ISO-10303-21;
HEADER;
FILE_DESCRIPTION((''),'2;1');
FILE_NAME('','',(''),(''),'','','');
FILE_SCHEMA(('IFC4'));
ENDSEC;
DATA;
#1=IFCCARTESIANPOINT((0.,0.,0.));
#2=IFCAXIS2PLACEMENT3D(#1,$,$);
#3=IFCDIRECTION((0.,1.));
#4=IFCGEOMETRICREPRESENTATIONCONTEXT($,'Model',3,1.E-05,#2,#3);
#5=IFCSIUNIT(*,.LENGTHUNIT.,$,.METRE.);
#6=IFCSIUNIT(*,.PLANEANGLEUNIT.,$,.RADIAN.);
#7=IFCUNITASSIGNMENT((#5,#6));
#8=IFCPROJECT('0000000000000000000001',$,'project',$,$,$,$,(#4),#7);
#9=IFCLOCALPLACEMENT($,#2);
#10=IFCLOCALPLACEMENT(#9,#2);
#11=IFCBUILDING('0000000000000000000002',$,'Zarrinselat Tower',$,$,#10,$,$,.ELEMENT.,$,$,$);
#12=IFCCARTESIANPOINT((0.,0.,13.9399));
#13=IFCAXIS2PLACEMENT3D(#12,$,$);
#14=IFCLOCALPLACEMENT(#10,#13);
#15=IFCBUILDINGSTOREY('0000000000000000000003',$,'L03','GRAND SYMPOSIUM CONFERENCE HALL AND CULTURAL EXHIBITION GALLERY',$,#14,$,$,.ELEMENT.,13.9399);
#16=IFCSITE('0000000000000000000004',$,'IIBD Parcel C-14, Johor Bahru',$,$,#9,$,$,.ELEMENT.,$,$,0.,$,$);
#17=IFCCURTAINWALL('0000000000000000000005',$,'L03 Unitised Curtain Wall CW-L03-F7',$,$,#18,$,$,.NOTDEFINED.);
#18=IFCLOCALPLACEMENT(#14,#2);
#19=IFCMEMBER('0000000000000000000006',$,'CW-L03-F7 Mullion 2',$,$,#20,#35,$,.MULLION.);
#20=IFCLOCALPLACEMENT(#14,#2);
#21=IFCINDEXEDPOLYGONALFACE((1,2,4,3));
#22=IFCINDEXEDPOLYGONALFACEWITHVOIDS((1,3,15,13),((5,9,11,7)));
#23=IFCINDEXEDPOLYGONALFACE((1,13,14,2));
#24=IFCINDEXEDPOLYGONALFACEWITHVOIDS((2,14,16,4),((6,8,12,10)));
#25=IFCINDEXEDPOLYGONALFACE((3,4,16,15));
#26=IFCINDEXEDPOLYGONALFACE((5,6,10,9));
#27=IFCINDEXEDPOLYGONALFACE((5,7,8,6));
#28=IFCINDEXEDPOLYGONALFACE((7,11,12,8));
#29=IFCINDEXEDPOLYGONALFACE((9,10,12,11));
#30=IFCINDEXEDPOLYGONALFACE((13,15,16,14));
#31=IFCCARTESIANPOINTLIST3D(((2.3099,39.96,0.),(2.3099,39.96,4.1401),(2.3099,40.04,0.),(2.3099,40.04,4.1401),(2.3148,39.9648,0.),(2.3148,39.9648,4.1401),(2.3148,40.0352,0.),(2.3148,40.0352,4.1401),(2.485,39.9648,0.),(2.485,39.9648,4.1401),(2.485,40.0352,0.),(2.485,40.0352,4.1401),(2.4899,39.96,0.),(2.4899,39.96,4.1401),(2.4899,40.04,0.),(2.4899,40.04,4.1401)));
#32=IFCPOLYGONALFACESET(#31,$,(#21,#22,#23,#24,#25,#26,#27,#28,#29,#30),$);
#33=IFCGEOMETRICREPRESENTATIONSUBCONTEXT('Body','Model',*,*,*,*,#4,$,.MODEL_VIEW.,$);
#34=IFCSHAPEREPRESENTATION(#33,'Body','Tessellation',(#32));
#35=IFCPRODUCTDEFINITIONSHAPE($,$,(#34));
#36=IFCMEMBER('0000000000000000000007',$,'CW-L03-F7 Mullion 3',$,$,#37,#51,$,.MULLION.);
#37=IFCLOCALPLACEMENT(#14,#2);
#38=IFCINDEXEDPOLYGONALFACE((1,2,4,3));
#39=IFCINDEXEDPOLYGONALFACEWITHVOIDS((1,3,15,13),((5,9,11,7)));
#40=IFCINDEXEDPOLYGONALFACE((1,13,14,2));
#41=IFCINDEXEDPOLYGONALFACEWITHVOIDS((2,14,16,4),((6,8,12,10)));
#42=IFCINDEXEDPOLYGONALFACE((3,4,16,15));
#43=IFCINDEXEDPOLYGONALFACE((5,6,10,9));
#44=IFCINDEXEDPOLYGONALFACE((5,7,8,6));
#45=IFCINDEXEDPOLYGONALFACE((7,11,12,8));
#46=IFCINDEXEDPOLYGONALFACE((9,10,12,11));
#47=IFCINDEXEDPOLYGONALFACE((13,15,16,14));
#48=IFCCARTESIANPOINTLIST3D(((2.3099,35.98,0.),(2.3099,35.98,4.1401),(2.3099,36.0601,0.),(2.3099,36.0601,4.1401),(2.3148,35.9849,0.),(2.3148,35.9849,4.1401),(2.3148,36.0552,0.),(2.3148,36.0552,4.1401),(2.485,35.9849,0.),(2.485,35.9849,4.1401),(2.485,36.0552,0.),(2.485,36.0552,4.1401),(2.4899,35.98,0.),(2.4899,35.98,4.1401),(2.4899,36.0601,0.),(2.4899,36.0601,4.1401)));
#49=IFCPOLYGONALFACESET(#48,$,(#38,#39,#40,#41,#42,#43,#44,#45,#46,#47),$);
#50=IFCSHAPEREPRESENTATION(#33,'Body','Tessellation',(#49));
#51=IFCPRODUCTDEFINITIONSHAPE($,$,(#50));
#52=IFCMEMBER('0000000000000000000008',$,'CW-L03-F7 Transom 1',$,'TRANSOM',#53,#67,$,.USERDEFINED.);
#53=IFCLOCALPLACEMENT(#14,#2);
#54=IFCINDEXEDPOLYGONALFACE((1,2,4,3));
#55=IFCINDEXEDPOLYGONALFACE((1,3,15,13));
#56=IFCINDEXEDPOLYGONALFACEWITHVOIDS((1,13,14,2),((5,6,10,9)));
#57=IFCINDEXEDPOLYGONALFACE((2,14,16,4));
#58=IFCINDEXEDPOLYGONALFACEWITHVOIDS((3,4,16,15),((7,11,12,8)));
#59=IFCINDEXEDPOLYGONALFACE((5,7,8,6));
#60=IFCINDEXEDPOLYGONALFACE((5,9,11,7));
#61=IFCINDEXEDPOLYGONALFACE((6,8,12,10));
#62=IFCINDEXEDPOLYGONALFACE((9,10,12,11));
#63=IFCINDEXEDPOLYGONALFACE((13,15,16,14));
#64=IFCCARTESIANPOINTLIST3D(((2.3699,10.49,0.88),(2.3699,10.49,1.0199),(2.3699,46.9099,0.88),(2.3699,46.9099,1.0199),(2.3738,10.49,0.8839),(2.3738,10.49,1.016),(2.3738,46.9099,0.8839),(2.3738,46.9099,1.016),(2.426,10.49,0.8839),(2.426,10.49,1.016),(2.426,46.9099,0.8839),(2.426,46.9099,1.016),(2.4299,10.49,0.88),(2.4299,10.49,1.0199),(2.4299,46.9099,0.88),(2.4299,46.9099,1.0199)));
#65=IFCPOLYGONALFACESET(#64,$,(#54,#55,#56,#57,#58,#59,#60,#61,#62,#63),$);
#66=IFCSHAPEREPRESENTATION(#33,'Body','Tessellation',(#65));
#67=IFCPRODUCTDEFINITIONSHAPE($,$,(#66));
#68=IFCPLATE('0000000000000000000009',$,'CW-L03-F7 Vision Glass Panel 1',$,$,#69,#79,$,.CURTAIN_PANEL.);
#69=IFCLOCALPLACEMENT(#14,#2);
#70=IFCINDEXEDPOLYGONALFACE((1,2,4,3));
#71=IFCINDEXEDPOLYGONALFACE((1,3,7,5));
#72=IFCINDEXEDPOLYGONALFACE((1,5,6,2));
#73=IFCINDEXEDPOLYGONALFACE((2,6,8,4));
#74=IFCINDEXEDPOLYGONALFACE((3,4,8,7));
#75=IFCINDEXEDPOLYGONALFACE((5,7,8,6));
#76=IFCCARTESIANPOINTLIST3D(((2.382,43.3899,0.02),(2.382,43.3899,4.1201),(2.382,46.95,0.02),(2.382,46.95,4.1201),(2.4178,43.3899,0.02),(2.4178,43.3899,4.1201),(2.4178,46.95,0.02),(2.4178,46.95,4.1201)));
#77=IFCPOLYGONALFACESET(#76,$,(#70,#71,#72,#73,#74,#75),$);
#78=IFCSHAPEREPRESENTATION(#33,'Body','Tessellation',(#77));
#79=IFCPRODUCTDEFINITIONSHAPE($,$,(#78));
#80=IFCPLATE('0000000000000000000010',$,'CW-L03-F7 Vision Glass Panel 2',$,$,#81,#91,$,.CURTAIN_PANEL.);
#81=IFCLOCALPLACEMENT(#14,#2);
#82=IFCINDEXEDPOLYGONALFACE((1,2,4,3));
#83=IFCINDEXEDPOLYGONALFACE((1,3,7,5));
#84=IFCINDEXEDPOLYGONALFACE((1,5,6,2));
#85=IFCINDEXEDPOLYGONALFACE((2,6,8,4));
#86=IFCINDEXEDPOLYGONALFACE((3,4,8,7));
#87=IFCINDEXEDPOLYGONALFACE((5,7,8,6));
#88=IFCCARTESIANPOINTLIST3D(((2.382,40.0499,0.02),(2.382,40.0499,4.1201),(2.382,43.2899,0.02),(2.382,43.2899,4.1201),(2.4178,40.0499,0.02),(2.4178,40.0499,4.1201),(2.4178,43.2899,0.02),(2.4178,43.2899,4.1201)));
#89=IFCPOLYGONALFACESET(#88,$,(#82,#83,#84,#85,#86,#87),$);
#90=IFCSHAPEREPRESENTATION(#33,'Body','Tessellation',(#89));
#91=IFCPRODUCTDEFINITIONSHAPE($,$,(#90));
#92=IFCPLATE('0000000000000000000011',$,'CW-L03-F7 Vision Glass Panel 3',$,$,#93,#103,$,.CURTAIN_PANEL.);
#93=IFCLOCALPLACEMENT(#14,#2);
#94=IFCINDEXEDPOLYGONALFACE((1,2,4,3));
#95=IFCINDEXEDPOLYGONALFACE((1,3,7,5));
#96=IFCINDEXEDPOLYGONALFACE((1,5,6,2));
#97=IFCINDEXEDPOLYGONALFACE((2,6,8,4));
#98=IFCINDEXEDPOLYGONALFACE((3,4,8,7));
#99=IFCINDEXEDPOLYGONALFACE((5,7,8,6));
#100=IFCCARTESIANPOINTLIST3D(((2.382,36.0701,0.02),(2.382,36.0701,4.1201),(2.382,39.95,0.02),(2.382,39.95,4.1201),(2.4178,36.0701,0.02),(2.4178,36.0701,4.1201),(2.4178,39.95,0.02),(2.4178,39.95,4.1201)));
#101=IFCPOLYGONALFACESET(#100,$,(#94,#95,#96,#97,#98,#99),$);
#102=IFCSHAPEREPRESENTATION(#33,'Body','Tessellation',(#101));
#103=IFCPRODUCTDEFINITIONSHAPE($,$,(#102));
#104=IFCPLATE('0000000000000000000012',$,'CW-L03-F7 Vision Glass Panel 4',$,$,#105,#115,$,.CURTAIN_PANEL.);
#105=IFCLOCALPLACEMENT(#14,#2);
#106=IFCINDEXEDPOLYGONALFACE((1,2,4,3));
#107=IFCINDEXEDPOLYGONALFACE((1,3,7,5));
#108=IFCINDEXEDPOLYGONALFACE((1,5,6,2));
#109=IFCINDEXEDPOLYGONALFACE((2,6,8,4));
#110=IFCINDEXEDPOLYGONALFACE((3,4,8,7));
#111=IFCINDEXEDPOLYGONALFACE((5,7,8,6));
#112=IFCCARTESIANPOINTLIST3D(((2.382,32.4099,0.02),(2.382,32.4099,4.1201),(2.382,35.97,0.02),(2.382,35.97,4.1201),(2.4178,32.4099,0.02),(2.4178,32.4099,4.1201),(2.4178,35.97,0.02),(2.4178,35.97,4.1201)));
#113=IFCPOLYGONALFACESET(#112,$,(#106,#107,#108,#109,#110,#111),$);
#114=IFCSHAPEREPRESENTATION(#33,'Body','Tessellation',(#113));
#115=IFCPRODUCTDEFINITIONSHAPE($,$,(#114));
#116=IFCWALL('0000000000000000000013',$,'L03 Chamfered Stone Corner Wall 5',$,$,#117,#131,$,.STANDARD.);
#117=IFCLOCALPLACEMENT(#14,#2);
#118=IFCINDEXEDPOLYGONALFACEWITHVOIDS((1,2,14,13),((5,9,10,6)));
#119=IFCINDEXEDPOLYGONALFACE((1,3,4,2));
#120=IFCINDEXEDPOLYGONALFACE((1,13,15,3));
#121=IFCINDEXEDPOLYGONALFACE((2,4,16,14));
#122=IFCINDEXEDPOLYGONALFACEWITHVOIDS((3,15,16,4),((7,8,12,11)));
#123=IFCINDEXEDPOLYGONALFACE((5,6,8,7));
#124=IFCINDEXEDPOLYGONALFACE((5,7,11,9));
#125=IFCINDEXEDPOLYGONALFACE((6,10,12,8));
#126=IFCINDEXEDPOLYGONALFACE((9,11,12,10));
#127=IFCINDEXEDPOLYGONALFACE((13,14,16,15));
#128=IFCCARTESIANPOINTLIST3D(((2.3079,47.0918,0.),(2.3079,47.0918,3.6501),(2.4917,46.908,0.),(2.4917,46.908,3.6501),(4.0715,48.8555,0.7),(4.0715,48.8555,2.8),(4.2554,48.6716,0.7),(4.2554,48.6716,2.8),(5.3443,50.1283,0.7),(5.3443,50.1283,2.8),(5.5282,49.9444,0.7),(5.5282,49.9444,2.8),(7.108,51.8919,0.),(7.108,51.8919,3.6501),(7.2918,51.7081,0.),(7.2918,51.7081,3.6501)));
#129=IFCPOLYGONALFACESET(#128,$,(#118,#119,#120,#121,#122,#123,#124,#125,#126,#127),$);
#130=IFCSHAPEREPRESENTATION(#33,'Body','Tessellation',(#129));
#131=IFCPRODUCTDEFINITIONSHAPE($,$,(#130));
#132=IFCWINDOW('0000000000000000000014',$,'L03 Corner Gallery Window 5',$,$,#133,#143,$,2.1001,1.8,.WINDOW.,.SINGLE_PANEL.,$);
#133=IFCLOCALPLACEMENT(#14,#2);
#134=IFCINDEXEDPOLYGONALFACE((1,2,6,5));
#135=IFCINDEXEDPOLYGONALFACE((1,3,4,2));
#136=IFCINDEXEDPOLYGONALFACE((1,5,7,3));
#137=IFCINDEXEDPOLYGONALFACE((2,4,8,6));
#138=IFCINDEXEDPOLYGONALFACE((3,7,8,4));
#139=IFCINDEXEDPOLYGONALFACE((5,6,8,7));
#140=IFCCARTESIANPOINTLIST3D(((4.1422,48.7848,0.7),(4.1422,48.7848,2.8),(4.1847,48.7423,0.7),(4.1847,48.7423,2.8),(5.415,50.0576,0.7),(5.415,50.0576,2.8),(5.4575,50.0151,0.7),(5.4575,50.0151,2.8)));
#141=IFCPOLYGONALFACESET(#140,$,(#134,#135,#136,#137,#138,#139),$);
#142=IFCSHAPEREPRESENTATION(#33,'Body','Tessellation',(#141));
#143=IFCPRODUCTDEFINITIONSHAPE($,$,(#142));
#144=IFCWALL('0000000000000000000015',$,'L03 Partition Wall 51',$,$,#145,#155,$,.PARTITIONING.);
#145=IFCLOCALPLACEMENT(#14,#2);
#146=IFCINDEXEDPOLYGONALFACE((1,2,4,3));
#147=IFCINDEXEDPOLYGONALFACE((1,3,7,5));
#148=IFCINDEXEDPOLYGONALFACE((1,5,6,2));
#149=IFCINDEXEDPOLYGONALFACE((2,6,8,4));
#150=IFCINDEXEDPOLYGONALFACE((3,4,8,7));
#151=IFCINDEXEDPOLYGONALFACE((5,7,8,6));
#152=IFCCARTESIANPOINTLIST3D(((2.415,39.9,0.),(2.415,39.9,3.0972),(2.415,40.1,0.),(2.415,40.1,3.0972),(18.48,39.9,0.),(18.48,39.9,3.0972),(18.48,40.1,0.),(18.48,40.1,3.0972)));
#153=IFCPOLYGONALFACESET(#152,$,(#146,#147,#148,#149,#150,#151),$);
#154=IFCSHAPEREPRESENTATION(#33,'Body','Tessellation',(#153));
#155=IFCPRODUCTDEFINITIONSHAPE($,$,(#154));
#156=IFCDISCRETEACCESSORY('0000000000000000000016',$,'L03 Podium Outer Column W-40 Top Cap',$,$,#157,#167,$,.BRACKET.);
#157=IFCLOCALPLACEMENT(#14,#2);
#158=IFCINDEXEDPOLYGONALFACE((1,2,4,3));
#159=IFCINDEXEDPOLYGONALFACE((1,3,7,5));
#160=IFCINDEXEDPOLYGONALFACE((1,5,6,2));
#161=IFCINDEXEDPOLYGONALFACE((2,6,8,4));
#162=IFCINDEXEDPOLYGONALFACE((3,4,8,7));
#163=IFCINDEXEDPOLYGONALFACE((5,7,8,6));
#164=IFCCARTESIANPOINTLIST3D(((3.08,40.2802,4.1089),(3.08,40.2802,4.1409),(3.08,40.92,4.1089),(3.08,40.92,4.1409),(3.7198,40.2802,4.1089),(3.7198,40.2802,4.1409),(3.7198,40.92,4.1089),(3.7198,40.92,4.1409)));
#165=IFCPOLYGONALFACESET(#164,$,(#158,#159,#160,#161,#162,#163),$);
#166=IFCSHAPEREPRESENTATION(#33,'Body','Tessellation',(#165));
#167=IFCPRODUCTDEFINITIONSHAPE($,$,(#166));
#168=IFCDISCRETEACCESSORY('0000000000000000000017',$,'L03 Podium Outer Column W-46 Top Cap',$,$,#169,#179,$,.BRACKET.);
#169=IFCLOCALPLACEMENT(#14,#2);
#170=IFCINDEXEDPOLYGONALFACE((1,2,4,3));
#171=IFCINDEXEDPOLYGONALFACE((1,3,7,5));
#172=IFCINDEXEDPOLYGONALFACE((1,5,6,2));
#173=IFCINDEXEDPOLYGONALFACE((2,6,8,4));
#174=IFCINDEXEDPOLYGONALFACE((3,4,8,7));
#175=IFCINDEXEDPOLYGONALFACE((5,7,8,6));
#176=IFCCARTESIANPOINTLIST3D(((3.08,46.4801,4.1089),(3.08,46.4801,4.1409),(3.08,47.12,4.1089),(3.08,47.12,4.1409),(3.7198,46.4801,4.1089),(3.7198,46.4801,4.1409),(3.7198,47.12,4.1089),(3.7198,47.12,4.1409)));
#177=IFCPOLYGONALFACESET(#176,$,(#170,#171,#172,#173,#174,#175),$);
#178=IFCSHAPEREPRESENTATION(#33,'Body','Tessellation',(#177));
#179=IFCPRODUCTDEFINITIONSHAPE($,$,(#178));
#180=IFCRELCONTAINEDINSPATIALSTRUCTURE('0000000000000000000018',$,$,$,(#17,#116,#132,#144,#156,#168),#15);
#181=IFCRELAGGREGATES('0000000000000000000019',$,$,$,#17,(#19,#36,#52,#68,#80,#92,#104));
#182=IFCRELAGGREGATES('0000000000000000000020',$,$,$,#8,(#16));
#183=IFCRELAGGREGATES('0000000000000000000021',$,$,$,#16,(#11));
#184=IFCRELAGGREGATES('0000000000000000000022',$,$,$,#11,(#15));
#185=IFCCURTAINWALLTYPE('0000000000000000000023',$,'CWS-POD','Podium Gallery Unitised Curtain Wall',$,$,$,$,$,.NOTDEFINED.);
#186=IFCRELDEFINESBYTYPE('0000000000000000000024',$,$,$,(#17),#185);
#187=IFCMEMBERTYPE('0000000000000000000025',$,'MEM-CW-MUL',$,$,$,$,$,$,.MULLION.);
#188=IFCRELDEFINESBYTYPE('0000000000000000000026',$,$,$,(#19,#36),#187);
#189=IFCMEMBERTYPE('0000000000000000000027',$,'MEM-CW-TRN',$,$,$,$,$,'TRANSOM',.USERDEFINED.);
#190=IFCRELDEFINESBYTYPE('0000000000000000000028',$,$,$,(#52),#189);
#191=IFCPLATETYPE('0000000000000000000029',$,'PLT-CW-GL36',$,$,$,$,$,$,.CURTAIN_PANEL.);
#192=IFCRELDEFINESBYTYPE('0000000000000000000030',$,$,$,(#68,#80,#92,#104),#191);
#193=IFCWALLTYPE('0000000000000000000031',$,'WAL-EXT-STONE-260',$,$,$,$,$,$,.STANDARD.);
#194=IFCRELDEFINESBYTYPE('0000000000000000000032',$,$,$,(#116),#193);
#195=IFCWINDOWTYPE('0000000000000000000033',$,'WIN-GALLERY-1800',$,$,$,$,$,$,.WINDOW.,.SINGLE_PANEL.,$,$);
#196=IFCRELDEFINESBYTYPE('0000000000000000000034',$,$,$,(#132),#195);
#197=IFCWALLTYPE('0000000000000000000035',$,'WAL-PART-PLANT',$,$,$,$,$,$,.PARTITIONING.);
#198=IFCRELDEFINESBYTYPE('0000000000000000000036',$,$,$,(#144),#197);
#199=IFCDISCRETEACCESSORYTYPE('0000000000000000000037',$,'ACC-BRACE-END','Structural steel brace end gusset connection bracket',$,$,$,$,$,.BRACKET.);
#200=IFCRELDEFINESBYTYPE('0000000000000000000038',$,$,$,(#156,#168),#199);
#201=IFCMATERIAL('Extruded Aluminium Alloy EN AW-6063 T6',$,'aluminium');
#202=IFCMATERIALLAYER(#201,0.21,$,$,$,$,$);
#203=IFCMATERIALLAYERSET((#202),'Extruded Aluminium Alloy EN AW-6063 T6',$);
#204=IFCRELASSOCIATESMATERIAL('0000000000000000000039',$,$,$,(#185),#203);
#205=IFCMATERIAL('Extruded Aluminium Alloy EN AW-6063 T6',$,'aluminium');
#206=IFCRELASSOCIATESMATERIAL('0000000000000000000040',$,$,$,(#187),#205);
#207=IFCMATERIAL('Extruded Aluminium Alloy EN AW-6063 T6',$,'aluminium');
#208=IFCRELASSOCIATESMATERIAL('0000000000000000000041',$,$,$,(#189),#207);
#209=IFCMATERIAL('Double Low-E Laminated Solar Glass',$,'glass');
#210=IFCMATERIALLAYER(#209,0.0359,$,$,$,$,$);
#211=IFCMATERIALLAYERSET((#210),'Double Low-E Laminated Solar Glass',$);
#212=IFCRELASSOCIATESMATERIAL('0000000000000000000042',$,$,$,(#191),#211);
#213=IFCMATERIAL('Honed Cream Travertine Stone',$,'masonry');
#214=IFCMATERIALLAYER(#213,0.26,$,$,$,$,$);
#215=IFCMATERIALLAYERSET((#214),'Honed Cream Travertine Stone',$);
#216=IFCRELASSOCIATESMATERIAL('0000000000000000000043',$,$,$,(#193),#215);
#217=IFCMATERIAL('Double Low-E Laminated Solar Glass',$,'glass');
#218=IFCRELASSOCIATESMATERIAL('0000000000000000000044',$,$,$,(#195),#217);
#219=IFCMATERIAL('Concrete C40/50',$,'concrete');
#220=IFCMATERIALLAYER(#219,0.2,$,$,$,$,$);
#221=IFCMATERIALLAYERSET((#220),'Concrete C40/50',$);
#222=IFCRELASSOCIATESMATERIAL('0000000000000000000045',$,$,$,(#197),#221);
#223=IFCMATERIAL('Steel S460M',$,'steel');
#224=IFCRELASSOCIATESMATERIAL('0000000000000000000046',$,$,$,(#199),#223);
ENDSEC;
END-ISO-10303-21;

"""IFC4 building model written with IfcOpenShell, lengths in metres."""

from ifc_helpers import new_model, si_unit, direction, frame, frame_2d, origin, origin_2d, place, context, subcontext, project, spatial, rectangle, hollow_rectangle, extrude, material, layer, layer_set, material_profile, profile_set, type_object, element, fill, aggregate, save


model = new_model("IFC4")

# Units and contexts
model_context = context("Model", 3, precision=1e-05, world=origin(), true_north=direction((0.0, 1.0)))
body_context = subcontext(model_context, "Body", "Model", "MODEL_VIEW")
ifc_project = project(units=[si_unit("LENGTHUNIT", "METRE"), si_unit("PLANEANGLEUNIT", "RADIAN")], contexts=[model_context])

# Site, building, storey
site_placement = place(None, origin())
site = spatial("IfcSite", under=ifc_project, at=site_placement, Name="IIBD Parcel C-14, Johor Bahru", CompositionType="ELEMENT", RefElevation=0.0)
building_placement = place(site_placement, origin())
building = spatial("IfcBuilding", under=site, at=building_placement, Name="Zarrinselat Tower", CompositionType="ELEMENT")
storey_placement = place(building_placement, frame((0.0, 0.0, 13.9399)))
storey = spatial("IfcBuildingStorey", under=building, at=storey_placement, Name="L03", Description="GRAND SYMPOSIUM CONFERENCE HALL AND CULTURAL EXHIBITION GALLERY", CompositionType="ELEMENT", Elevation=13.9399)

# Shared definitions
ifc_material_1 = material(Name="Extruded Aluminium Alloy EN AW-6063 T6", Category="aluminium")
ifc_layer_1 = layer(ifc_material_1, 0.21)
ifc_layer_set_1 = layer_set([ifc_layer_1], Name="Extruded Aluminium Alloy EN AW-6063 T6")
curtain_wall_type = type_object("IfcCurtainWallType", Name="CWS-POD", Description="Podium Gallery Unitised Curtain Wall", PredefinedType="NOTDEFINED", material=ifc_layer_set_1)
ifc_material_2 = material(Name="Extruded Aluminium Alloy EN AW-6063 T6", Category="aluminium")
ifc_material_profile_1 = material_profile(ifc_material_2, hollow_rectangle(XDim=0.0801, YDim=0.1799, WallThickness=0.0049, at=origin_2d()), Name="RHS 180x80x5")
ifc_profile_set_1 = profile_set([ifc_material_profile_1], Name="Extruded Aluminium Alloy EN AW-6063 T6")
member_type_1 = type_object("IfcMemberType", Name="MEM-CW-MUL", PredefinedType="MULLION", material=ifc_profile_set_1)

# Curtain wall, members, plates
curtain_wall_1_placement = place(storey_placement, origin())
curtain_wall_1 = element("IfcCurtainWall", 1, at=curtain_wall_1_placement, inside=storey, type_object=curtain_wall_type, Name="L03 Unitised Curtain Wall CW-L03-F7", PredefinedType="NOTDEFINED")
member_1_placement = place(storey_placement, frame((2.3999, 40.0, 0.0), z_axis=(0.0, 0.0, 1.0), x_axis=(0.0, -1.0, 0.0)))
member_1 = element("IfcMember", 2, at=member_1_placement, type_object=member_type_1, Name="CW-L03-F7 Mullion 2", PredefinedType="MULLION", context=body_context, shape_type="SweptSolid", body=[
    extrude(hollow_rectangle(XDim=0.0801, YDim=0.1799, WallThickness=0.0049, at=origin_2d()), origin(), (0.0, 0.0, 1.0), 4.1401),
])
member_2_placement = place(storey_placement, frame((2.3999, 36.02, 0.0), z_axis=(0.0, 0.0, 1.0), x_axis=(0.0, -1.0, 0.0)))
member_2 = element("IfcMember", 3, at=member_2_placement, type_object=member_type_1, Name="CW-L03-F7 Mullion 3", PredefinedType="MULLION", context=body_context, shape_type="SweptSolid", body=[
    extrude(hollow_rectangle(XDim=0.0801, YDim=0.1799, WallThickness=0.0049, at=origin_2d()), origin(), (0.0, 0.0, 1.0), 4.1401),
])
ifc_material_3 = material(Name="Extruded Aluminium Alloy EN AW-6063 T6", Category="aluminium")
ifc_material_profile_2 = material_profile(ifc_material_3, hollow_rectangle(XDim=0.0601, YDim=0.1399, WallThickness=0.0039, at=origin_2d()), Name="RHS 140x60x4")
ifc_profile_set_2 = profile_set([ifc_material_profile_2], Name="Extruded Aluminium Alloy EN AW-6063 T6")
member_type_2 = type_object("IfcMemberType", Name="MEM-CW-TRN", ElementType="TRANSOM", PredefinedType="USERDEFINED", material=ifc_profile_set_2)
member_3_placement = place(storey_placement, frame((2.3999, 46.9099, 0.95), z_axis=(0.0, -1.0, 0.0), x_axis=(1.0, 0.0, 0.0)))
member_3 = element("IfcMember", 4, at=member_3_placement, type_object=member_type_2, Name="CW-L03-F7 Transom 1", ObjectType="TRANSOM", PredefinedType="USERDEFINED", context=body_context, shape_type="SweptSolid", body=[
    extrude(hollow_rectangle(XDim=0.0601, YDim=0.1399, WallThickness=0.0039, at=origin_2d()), origin(), (0.0, 0.0, 1.0), 36.4199),
])
ifc_material_4 = material(Name="Double Low-E Laminated Solar Glass", Category="glass")
ifc_layer_2 = layer(ifc_material_4, 0.0359)
ifc_layer_set_2 = layer_set([ifc_layer_2], Name="Double Low-E Laminated Solar Glass")
plate_type = type_object("IfcPlateType", Name="PLT-CW-GL36", PredefinedType="CURTAIN_PANEL", material=ifc_layer_set_2)
plate_1_placement = place(storey_placement, frame((2.3999, 45.1699, 0.02), z_axis=(0.0, 0.0, 1.0), x_axis=(0.0, -1.0, 0.0)))
plate_1 = element("IfcPlate", 5, at=plate_1_placement, type_object=plate_type, Name="CW-L03-F7 Vision Glass Panel 1", PredefinedType="CURTAIN_PANEL", context=body_context, shape_type="SweptSolid", body=[
    extrude(rectangle(XDim=3.5601, YDim=0.0359, at=origin_2d()), origin(), (0.0, 0.0, 1.0), 4.1001),
])
plate_2_placement = place(storey_placement, frame((2.3999, 41.6699, 0.02), z_axis=(0.0, 0.0, 1.0), x_axis=(0.0, -1.0, 0.0)))
plate_2 = element("IfcPlate", 6, at=plate_2_placement, type_object=plate_type, Name="CW-L03-F7 Vision Glass Panel 2", PredefinedType="CURTAIN_PANEL", context=body_context, shape_type="SweptSolid", body=[
    extrude(rectangle(XDim=3.24, YDim=0.0359, at=origin_2d()), origin(), (0.0, 0.0, 1.0), 4.1001),
])
plate_3_placement = place(storey_placement, frame((2.3999, 38.01, 0.02), z_axis=(0.0, 0.0, 1.0), x_axis=(0.0, -1.0, 0.0)))
plate_3 = element("IfcPlate", 7, at=plate_3_placement, type_object=plate_type, Name="CW-L03-F7 Vision Glass Panel 3", PredefinedType="CURTAIN_PANEL", context=body_context, shape_type="SweptSolid", body=[
    extrude(rectangle(XDim=3.8799, YDim=0.0359, at=origin_2d()), origin(), (0.0, 0.0, 1.0), 4.1001),
])
plate_4_placement = place(storey_placement, frame((2.3999, 34.1899, 0.02), z_axis=(0.0, 0.0, 1.0), x_axis=(0.0, -1.0, 0.0)))
plate_4 = element("IfcPlate", 8, at=plate_4_placement, type_object=plate_type, Name="CW-L03-F7 Vision Glass Panel 4", PredefinedType="CURTAIN_PANEL", context=body_context, shape_type="SweptSolid", body=[
    extrude(rectangle(XDim=3.5601, YDim=0.0359, at=origin_2d()), origin(), (0.0, 0.0, 1.0), 4.1001),
])
aggregate(curtain_wall_1, [member_1, member_2, member_3, plate_1, plate_2, plate_3, plate_4])

# Wall, opening, window
ifc_material_5 = material(Name="Honed Cream Travertine Stone", Category="masonry")
ifc_layer_3 = layer(ifc_material_5, 0.26)
ifc_layer_set_3 = layer_set([ifc_layer_3], Name="Honed Cream Travertine Stone")
wall_type_1 = type_object("IfcWallType", Name="WAL-EXT-STONE-260", PredefinedType="STANDARD", material=ifc_layer_set_3)
wall_1_placement = place(storey_placement, frame((2.3999, 47.0, 0.0), z_axis=(0.0, 0.0, 1.0), x_axis=(0.707107, 0.707107, 0.0)))
wall_1 = element("IfcWall", 9, at=wall_1_placement, inside=storey, type_object=wall_type_1, Name="L03 Chamfered Stone Corner Wall 5", PredefinedType="STANDARD", context=body_context, shape_type="SweptSolid", body=[
    extrude(rectangle(XDim=6.7883, YDim=0.26, at=frame_2d((3.394, 0.0))), origin(), (0.0, 0.0, 1.0), 3.6501),
])
opening_placement = place(wall_1_placement, frame((2.4941, 0.0, 0.7)))
opening = element("IfcOpeningElement", 10, at=opening_placement, cuts=wall_1, PredefinedType="OPENING", context=body_context, shape_type="SweptSolid", body=[
    extrude(rectangle(XDim=1.8, YDim=2.1001, at=frame_2d((0.8999, 1.05))), frame((0.0, 0.1399, 0.0), z_axis=(0.0, -1.0, 0.0), x_axis=(1.0, 0.0, 0.0)), (0.0, 0.0, 1.0), 0.28),
])
ifc_material_6 = material(Name="Double Low-E Laminated Solar Glass", Category="glass")
window_type = type_object("IfcWindowType", Name="WIN-GALLERY-1800", PartitioningType="SINGLE_PANEL", PredefinedType="WINDOW", material=ifc_material_6)
window_placement = place(opening_placement, origin())
window = element("IfcWindow", 11, at=window_placement, inside=storey, type_object=window_type, Name="L03 Corner Gallery Window 5", OverallHeight=2.1001, OverallWidth=1.8, PartitioningType="SINGLE_PANEL", PredefinedType="WINDOW", context=body_context, shape_type="SweptSolid", body=[
    extrude(rectangle(XDim=1.8, YDim=2.1001, at=frame_2d((0.8999, 1.05))), frame((0.0, 0.03, 0.0), z_axis=(0.0, -1.0, 0.0), x_axis=(1.0, 0.0, 0.0)), (0.0, 0.0, 1.0), 0.0601),
])
fill(opening, window)

# Wall
ifc_material_7 = material(Name="Concrete C40/50", Category="concrete")
ifc_layer_4 = layer(ifc_material_7, 0.2)
ifc_layer_set_4 = layer_set([ifc_layer_4], Name="Concrete C40/50")
wall_type_2 = type_object("IfcWallType", Name="WAL-PART-PLANT", PredefinedType="PARTITIONING", material=ifc_layer_set_4)
wall_2_placement = place(storey_placement, frame((2.415, 40.0, 0.0), z_axis=(0.0, 0.0, 1.0), x_axis=(1.0, 0.0, 0.0)))
element("IfcWall", 12, at=wall_2_placement, inside=storey, type_object=wall_type_2, Name="L03 Partition Wall 51", PredefinedType="PARTITIONING", context=body_context, shape_type="SweptSolid", body=[
    extrude(rectangle(XDim=16.0649, YDim=0.2, at=frame_2d((8.0325, 0.0))), origin(), (0.0, 0.0, 1.0), 3.0972),
])

# Discrete accessories
ifc_material_8 = material(Name="Steel S460M", Category="steel")
discrete_accessory_type = type_object("IfcDiscreteAccessoryType", Name="ACC-BRACE-END", Description="Structural steel brace end gusset connection bracket", PredefinedType="BRACKET", material=ifc_material_8)
for number, where, z_axis, x_axis, name in (
    (13, (3.3999, 40.6001, 4.1089), (0.0, 0.0, 1.0), (1.0, 0.0, 0.0), "L03 Podium Outer Column W-40 Top Cap"),
    (14, (3.3999, 46.8, 4.1089), (0.0, 0.0, 1.0), (1.0, 0.0, 0.0), "L03 Podium Outer Column W-46 Top Cap"),
):
    element("IfcDiscreteAccessory", number, at=place(storey_placement, frame(where, z_axis=z_axis, x_axis=x_axis)), inside=storey, type_object=discrete_accessory_type, Name=name, PredefinedType="BRACKET", context=body_context, shape_type="SweptSolid", body=[
        extrude(rectangle(XDim=0.6399, YDim=0.6399, at=origin_2d()), origin(), (0.0, 0.0, 1.0), 0.032),
    ])

save(model, "model.ifc")
